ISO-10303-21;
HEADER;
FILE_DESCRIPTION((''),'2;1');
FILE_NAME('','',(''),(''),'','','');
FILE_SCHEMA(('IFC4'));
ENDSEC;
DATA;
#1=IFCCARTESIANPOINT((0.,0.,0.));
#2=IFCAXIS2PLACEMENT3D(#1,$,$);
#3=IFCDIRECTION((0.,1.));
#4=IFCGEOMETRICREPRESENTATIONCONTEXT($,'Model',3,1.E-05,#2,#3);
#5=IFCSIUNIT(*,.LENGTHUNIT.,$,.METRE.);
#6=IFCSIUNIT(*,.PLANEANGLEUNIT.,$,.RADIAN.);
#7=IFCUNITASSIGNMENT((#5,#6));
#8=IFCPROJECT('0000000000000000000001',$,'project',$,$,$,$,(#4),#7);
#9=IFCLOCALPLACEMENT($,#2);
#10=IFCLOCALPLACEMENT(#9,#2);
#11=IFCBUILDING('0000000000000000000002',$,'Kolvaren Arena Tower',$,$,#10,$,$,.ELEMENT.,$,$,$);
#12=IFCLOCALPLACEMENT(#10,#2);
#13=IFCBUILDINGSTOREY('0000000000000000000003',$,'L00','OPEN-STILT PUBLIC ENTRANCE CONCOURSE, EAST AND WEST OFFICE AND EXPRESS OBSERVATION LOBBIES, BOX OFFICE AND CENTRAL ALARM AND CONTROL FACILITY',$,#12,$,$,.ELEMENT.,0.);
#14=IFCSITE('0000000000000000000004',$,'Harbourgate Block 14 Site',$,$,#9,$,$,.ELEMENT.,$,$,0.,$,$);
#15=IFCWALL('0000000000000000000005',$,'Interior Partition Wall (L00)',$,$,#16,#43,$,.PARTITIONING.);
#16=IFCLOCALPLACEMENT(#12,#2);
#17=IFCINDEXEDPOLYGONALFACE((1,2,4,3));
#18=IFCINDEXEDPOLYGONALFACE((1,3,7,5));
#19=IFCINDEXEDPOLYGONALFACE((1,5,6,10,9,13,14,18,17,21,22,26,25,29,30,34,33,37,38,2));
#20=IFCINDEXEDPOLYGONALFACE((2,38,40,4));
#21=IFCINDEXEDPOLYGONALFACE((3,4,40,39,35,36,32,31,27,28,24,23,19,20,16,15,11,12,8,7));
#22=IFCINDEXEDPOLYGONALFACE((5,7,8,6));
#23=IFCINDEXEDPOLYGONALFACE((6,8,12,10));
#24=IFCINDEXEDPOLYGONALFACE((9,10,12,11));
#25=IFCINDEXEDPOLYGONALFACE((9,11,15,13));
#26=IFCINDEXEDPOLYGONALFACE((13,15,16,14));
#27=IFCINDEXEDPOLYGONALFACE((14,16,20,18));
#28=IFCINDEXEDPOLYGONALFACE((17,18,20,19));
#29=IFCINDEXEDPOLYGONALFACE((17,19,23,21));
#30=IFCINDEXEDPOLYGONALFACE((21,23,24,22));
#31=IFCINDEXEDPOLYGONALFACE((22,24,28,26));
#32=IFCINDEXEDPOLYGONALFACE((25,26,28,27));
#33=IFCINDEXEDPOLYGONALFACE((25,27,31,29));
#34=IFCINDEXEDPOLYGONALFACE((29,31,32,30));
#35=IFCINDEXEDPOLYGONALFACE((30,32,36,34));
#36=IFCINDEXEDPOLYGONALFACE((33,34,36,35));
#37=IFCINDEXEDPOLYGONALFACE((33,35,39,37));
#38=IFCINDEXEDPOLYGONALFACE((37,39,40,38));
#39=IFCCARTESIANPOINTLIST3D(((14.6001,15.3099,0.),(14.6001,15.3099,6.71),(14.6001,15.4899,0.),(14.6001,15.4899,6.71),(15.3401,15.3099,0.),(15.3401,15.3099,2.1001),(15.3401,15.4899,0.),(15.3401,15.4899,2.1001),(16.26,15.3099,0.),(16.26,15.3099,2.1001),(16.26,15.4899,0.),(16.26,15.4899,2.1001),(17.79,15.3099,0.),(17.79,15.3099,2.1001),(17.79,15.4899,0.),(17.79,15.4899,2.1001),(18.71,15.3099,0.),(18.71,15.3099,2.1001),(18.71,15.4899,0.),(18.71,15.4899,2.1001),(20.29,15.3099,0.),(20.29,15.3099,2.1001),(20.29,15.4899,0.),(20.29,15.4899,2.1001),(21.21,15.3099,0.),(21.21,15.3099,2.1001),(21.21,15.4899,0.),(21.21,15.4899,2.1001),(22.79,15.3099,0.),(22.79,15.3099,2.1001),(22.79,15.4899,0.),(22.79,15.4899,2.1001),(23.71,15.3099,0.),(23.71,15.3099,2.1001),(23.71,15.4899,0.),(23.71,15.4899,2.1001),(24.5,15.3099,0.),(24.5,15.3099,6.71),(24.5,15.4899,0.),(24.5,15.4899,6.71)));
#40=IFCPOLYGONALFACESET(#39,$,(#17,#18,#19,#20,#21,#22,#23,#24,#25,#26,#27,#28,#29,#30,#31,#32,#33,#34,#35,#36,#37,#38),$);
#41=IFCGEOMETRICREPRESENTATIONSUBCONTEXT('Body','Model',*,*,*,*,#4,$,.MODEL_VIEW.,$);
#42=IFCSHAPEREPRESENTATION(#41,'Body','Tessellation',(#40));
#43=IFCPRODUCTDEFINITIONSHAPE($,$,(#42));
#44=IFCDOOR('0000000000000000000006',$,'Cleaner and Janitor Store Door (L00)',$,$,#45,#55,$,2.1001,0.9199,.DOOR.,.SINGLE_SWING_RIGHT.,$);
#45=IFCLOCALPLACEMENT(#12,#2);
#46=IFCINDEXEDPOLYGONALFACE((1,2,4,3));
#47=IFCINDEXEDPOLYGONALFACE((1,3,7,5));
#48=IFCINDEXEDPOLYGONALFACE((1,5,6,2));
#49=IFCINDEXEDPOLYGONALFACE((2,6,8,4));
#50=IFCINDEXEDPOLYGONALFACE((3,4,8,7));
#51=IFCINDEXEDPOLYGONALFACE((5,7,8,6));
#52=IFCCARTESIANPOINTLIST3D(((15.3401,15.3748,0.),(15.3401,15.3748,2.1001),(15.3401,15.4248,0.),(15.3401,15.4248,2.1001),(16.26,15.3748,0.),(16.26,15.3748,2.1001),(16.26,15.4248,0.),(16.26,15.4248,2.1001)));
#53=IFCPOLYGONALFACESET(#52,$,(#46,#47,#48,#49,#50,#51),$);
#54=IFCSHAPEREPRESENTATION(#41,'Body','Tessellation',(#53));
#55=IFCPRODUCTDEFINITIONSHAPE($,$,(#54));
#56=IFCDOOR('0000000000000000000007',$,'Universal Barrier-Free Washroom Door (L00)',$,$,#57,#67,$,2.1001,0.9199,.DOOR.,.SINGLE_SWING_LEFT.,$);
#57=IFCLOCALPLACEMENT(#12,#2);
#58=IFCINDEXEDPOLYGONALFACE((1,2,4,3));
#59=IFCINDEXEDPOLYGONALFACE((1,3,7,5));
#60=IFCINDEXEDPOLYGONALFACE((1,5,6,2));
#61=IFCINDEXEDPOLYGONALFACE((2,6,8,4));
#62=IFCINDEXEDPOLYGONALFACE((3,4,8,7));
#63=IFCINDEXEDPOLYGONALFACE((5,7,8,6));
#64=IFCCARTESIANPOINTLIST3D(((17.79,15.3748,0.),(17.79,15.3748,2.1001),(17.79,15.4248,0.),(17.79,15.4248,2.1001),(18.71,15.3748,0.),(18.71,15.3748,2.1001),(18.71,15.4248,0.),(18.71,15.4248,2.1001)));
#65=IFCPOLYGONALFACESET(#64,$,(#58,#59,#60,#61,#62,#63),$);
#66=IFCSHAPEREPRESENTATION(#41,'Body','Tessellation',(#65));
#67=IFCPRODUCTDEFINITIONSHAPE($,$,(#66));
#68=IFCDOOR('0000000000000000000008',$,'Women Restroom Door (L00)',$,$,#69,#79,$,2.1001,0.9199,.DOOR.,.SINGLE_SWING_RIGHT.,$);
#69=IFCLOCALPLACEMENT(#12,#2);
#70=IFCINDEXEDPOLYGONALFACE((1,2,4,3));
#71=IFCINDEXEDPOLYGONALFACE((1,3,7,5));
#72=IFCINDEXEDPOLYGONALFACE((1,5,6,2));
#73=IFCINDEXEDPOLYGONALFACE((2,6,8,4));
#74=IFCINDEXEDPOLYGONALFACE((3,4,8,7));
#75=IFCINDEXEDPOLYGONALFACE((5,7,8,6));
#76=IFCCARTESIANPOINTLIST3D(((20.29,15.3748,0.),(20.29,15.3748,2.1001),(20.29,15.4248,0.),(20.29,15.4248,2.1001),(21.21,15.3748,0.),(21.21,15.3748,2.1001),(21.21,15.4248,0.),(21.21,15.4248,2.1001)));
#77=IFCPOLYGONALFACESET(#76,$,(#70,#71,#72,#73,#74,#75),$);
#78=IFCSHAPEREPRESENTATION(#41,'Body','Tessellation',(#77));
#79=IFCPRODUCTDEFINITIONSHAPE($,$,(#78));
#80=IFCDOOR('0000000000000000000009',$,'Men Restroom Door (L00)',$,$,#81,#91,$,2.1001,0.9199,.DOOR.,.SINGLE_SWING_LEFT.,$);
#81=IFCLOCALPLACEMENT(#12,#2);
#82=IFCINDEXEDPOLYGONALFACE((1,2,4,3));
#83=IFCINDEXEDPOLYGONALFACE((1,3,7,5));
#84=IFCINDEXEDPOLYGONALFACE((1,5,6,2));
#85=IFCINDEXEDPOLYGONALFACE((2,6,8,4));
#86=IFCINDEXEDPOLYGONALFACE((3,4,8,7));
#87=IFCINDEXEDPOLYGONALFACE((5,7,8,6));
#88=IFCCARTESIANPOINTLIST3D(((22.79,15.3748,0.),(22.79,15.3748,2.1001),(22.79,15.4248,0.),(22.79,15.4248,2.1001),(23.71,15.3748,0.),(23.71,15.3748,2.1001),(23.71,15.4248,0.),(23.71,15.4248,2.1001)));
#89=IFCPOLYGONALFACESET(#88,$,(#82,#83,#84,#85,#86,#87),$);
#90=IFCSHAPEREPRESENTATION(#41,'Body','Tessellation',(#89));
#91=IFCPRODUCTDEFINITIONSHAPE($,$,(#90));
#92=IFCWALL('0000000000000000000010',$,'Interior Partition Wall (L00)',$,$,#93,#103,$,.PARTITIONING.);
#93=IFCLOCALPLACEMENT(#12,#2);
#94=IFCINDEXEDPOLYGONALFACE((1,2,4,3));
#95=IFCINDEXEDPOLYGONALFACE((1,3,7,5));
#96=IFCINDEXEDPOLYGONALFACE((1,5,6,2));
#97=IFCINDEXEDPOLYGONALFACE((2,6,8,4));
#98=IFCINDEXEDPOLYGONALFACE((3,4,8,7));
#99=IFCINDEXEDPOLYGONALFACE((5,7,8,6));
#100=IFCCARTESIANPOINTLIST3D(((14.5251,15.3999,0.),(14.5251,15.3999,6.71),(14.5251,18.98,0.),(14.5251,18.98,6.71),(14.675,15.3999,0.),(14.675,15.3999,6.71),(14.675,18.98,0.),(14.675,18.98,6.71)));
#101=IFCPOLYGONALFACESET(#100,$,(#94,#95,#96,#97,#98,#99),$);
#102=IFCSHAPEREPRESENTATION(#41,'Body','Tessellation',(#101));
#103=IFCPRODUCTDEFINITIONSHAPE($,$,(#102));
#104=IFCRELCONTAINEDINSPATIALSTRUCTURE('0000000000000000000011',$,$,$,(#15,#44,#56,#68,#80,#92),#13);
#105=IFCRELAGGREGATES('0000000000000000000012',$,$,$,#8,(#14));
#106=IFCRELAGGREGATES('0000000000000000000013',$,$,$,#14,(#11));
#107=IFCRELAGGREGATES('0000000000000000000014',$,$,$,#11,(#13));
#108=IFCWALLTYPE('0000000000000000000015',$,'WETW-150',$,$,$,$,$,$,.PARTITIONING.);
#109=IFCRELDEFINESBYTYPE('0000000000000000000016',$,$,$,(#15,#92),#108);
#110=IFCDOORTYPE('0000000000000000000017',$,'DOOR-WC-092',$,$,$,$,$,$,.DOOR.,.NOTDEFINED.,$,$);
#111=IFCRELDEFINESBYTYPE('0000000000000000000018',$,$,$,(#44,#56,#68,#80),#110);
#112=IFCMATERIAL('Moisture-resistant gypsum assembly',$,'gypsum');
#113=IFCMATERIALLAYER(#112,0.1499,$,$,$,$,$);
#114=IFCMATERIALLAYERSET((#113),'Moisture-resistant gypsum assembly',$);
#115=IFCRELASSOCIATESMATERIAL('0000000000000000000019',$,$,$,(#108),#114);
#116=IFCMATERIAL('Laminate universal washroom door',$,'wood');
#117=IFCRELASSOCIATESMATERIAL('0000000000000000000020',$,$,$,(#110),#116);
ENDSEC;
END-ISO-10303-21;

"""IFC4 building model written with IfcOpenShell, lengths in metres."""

from ifc_helpers import new_model, si_unit, direction, frame, frame_2d, origin, place, context, subcontext, project, spatial, rectangle, extrude, material, layer, layer_set, type_object, element, fill, save


model = new_model("IFC4")

# Units and contexts
model_context = context("Model", 3, precision=1e-05, world=origin(), true_north=direction((0.0, 1.0)))
body_context = subcontext(model_context, "Body", "Model", "MODEL_VIEW")
ifc_project = project(units=[si_unit("LENGTHUNIT", "METRE"), si_unit("PLANEANGLEUNIT", "RADIAN")], contexts=[model_context])

# Site, building, storey
site_placement = place(None, origin())
site = spatial("IfcSite", under=ifc_project, at=site_placement, Name="Harbourgate Block 14 Site", CompositionType="ELEMENT", RefElevation=0.0)
building_placement = place(site_placement, origin())
building = spatial("IfcBuilding", under=site, at=building_placement, Name="Kolvaren Arena Tower", CompositionType="ELEMENT")
storey_placement = place(building_placement, origin())
storey = spatial("IfcBuildingStorey", under=building, at=storey_placement, Name="L00", Description="OPEN-STILT PUBLIC ENTRANCE CONCOURSE, EAST AND WEST OFFICE AND EXPRESS OBSERVATION LOBBIES, BOX OFFICE AND CENTRAL ALARM AND CONTROL FACILITY", CompositionType="ELEMENT", Elevation=0.0)

# Shared definitions
ifc_material_1 = material(Name="Moisture-resistant gypsum assembly", Category="gypsum")
ifc_layer_1 = layer(ifc_material_1, 0.1499)
ifc_layer_set_1 = layer_set([ifc_layer_1], Name="Moisture-resistant gypsum assembly")
wall_type_1 = type_object("IfcWallType", Name="WETW-150", PredefinedType="PARTITIONING", material=ifc_layer_set_1)

# Wall, openings, doors
wall_1_placement = place(storey_placement, frame((14.6001, 15.3999, 0.0), z_axis=(0.0, 0.0, 1.0), x_axis=(1.0, 0.0, 0.0)))
wall_1 = element("IfcWall", 1, at=wall_1_placement, inside=storey, type_object=wall_type_1, Name="Interior Partition Wall (L00)", PredefinedType="PARTITIONING", context=body_context, shape_type="SweptSolid", body=[
    extrude(rectangle(XDim=9.8999, YDim=0.1799, at=frame_2d((4.95, 0.0))), origin(), (0.0, 0.0, 1.0), 6.71),
])
opening_1_placement = place(wall_1_placement, frame((0.74, 0.0, 0.0)))
opening_1 = element("IfcOpeningElement", 2, at=opening_1_placement, cuts=wall_1, PredefinedType="OPENING", context=body_context, shape_type="SweptSolid", body=[
    extrude(rectangle(XDim=0.9199, YDim=2.1001, at=frame_2d((0.46, 1.05))), frame((0.0, 0.0999, 0.0), z_axis=(0.0, -1.0, 0.0), x_axis=(1.0, 0.0, 0.0)), (0.0, 0.0, 1.0), 0.2),
])
opening_2_placement = place(wall_1_placement, frame((3.1899, 0.0, 0.0)))
opening_2 = element("IfcOpeningElement", 3, at=opening_2_placement, cuts=wall_1, PredefinedType="OPENING", context=body_context, shape_type="SweptSolid", body=[
    extrude(rectangle(XDim=0.9199, YDim=2.1001, at=frame_2d((0.46, 1.05))), frame((0.0, 0.0999, 0.0), z_axis=(0.0, -1.0, 0.0), x_axis=(1.0, 0.0, 0.0)), (0.0, 0.0, 1.0), 0.2),
])
opening_3_placement = place(wall_1_placement, frame((5.6899, 0.0, 0.0)))
opening_3 = element("IfcOpeningElement", 4, at=opening_3_placement, cuts=wall_1, PredefinedType="OPENING", context=body_context, shape_type="SweptSolid", body=[
    extrude(rectangle(XDim=0.9199, YDim=2.1001, at=frame_2d((0.46, 1.05))), frame((0.0, 0.0999, 0.0), z_axis=(0.0, -1.0, 0.0), x_axis=(1.0, 0.0, 0.0)), (0.0, 0.0, 1.0), 0.2),
])
opening_4_placement = place(wall_1_placement, frame((8.1899, 0.0, 0.0)))
opening_4 = element("IfcOpeningElement", 5, at=opening_4_placement, cuts=wall_1, PredefinedType="OPENING", context=body_context, shape_type="SweptSolid", body=[
    extrude(rectangle(XDim=0.9199, YDim=2.1001, at=frame_2d((0.46, 1.05))), frame((0.0, 0.0999, 0.0), z_axis=(0.0, -1.0, 0.0), x_axis=(1.0, 0.0, 0.0)), (0.0, 0.0, 1.0), 0.2),
])
ifc_material_2 = material(Name="Laminate universal washroom door", Category="wood")
door_type_1 = type_object("IfcDoorType", Name="DOOR-WC-092", OperationType="NOTDEFINED", PredefinedType="DOOR", material=ifc_material_2)
door_1_placement = place(opening_1_placement, origin())
door_1 = element("IfcDoor", 6, at=door_1_placement, inside=storey, type_object=door_type_1, Name="Cleaner and Janitor Store Door (L00)", OperationType="SINGLE_SWING_RIGHT", OverallHeight=2.1001, OverallWidth=0.9199, PredefinedType="DOOR", context=body_context, shape_type="SweptSolid", body=[
    extrude(rectangle(XDim=0.9199, YDim=2.1001, at=frame_2d((0.46, 1.05))), frame((0.0, 0.0249, 0.0), z_axis=(0.0, -1.0, 0.0), x_axis=(1.0, 0.0, 0.0)), (0.0, 0.0, 1.0), 0.05),
])
fill(opening_1, door_1)
door_2_placement = place(opening_2_placement, origin())
door_2 = element("IfcDoor", 7, at=door_2_placement, inside=storey, type_object=door_type_1, Name="Universal Barrier-Free Washroom Door (L00)", OperationType="SINGLE_SWING_LEFT", OverallHeight=2.1001, OverallWidth=0.9199, PredefinedType="DOOR", context=body_context, shape_type="SweptSolid", body=[
    extrude(rectangle(XDim=0.9199, YDim=2.1001, at=frame_2d((0.46, 1.05))), frame((0.0, 0.0249, 0.0), z_axis=(0.0, -1.0, 0.0), x_axis=(1.0, 0.0, 0.0)), (0.0, 0.0, 1.0), 0.05),
])
fill(opening_2, door_2)
door_3_placement = place(opening_3_placement, origin())
door_3 = element("IfcDoor", 8, at=door_3_placement, inside=storey, type_object=door_type_1, Name="Women Restroom Door (L00)", OperationType="SINGLE_SWING_RIGHT", OverallHeight=2.1001, OverallWidth=0.9199, PredefinedType="DOOR", context=body_context, shape_type="SweptSolid", body=[
    extrude(rectangle(XDim=0.9199, YDim=2.1001, at=frame_2d((0.46, 1.05))), frame((0.0, 0.0249, 0.0), z_axis=(0.0, -1.0, 0.0), x_axis=(1.0, 0.0, 0.0)), (0.0, 0.0, 1.0), 0.05),
])
fill(opening_3, door_3)
door_4_placement = place(opening_4_placement, origin())
door_4 = element("IfcDoor", 9, at=door_4_placement, inside=storey, type_object=door_type_1, Name="Men Restroom Door (L00)", OperationType="SINGLE_SWING_LEFT", OverallHeight=2.1001, OverallWidth=0.9199, PredefinedType="DOOR", context=body_context, shape_type="SweptSolid", body=[
    extrude(rectangle(XDim=0.9199, YDim=2.1001, at=frame_2d((0.46, 1.05))), frame((0.0, 0.0249, 0.0), z_axis=(0.0, -1.0, 0.0), x_axis=(1.0, 0.0, 0.0)), (0.0, 0.0, 1.0), 0.05),
])
fill(opening_4, door_4)

# Wall
wall_2_placement = place(storey_placement, frame((14.6001, 15.3999, 0.0), z_axis=(0.0, 0.0, 1.0), x_axis=(0.0, 1.0, 0.0)))
element("IfcWall", 10, at=wall_2_placement, inside=storey, type_object=wall_type_1, Name="Interior Partition Wall (L00)", PredefinedType="PARTITIONING", context=body_context, shape_type="SweptSolid", body=[
    extrude(rectangle(XDim=3.5801, YDim=0.1499, at=frame_2d((1.79, 0.0))), origin(), (0.0, 0.0, 1.0), 6.71),
])

save(model, "model.ifc")
